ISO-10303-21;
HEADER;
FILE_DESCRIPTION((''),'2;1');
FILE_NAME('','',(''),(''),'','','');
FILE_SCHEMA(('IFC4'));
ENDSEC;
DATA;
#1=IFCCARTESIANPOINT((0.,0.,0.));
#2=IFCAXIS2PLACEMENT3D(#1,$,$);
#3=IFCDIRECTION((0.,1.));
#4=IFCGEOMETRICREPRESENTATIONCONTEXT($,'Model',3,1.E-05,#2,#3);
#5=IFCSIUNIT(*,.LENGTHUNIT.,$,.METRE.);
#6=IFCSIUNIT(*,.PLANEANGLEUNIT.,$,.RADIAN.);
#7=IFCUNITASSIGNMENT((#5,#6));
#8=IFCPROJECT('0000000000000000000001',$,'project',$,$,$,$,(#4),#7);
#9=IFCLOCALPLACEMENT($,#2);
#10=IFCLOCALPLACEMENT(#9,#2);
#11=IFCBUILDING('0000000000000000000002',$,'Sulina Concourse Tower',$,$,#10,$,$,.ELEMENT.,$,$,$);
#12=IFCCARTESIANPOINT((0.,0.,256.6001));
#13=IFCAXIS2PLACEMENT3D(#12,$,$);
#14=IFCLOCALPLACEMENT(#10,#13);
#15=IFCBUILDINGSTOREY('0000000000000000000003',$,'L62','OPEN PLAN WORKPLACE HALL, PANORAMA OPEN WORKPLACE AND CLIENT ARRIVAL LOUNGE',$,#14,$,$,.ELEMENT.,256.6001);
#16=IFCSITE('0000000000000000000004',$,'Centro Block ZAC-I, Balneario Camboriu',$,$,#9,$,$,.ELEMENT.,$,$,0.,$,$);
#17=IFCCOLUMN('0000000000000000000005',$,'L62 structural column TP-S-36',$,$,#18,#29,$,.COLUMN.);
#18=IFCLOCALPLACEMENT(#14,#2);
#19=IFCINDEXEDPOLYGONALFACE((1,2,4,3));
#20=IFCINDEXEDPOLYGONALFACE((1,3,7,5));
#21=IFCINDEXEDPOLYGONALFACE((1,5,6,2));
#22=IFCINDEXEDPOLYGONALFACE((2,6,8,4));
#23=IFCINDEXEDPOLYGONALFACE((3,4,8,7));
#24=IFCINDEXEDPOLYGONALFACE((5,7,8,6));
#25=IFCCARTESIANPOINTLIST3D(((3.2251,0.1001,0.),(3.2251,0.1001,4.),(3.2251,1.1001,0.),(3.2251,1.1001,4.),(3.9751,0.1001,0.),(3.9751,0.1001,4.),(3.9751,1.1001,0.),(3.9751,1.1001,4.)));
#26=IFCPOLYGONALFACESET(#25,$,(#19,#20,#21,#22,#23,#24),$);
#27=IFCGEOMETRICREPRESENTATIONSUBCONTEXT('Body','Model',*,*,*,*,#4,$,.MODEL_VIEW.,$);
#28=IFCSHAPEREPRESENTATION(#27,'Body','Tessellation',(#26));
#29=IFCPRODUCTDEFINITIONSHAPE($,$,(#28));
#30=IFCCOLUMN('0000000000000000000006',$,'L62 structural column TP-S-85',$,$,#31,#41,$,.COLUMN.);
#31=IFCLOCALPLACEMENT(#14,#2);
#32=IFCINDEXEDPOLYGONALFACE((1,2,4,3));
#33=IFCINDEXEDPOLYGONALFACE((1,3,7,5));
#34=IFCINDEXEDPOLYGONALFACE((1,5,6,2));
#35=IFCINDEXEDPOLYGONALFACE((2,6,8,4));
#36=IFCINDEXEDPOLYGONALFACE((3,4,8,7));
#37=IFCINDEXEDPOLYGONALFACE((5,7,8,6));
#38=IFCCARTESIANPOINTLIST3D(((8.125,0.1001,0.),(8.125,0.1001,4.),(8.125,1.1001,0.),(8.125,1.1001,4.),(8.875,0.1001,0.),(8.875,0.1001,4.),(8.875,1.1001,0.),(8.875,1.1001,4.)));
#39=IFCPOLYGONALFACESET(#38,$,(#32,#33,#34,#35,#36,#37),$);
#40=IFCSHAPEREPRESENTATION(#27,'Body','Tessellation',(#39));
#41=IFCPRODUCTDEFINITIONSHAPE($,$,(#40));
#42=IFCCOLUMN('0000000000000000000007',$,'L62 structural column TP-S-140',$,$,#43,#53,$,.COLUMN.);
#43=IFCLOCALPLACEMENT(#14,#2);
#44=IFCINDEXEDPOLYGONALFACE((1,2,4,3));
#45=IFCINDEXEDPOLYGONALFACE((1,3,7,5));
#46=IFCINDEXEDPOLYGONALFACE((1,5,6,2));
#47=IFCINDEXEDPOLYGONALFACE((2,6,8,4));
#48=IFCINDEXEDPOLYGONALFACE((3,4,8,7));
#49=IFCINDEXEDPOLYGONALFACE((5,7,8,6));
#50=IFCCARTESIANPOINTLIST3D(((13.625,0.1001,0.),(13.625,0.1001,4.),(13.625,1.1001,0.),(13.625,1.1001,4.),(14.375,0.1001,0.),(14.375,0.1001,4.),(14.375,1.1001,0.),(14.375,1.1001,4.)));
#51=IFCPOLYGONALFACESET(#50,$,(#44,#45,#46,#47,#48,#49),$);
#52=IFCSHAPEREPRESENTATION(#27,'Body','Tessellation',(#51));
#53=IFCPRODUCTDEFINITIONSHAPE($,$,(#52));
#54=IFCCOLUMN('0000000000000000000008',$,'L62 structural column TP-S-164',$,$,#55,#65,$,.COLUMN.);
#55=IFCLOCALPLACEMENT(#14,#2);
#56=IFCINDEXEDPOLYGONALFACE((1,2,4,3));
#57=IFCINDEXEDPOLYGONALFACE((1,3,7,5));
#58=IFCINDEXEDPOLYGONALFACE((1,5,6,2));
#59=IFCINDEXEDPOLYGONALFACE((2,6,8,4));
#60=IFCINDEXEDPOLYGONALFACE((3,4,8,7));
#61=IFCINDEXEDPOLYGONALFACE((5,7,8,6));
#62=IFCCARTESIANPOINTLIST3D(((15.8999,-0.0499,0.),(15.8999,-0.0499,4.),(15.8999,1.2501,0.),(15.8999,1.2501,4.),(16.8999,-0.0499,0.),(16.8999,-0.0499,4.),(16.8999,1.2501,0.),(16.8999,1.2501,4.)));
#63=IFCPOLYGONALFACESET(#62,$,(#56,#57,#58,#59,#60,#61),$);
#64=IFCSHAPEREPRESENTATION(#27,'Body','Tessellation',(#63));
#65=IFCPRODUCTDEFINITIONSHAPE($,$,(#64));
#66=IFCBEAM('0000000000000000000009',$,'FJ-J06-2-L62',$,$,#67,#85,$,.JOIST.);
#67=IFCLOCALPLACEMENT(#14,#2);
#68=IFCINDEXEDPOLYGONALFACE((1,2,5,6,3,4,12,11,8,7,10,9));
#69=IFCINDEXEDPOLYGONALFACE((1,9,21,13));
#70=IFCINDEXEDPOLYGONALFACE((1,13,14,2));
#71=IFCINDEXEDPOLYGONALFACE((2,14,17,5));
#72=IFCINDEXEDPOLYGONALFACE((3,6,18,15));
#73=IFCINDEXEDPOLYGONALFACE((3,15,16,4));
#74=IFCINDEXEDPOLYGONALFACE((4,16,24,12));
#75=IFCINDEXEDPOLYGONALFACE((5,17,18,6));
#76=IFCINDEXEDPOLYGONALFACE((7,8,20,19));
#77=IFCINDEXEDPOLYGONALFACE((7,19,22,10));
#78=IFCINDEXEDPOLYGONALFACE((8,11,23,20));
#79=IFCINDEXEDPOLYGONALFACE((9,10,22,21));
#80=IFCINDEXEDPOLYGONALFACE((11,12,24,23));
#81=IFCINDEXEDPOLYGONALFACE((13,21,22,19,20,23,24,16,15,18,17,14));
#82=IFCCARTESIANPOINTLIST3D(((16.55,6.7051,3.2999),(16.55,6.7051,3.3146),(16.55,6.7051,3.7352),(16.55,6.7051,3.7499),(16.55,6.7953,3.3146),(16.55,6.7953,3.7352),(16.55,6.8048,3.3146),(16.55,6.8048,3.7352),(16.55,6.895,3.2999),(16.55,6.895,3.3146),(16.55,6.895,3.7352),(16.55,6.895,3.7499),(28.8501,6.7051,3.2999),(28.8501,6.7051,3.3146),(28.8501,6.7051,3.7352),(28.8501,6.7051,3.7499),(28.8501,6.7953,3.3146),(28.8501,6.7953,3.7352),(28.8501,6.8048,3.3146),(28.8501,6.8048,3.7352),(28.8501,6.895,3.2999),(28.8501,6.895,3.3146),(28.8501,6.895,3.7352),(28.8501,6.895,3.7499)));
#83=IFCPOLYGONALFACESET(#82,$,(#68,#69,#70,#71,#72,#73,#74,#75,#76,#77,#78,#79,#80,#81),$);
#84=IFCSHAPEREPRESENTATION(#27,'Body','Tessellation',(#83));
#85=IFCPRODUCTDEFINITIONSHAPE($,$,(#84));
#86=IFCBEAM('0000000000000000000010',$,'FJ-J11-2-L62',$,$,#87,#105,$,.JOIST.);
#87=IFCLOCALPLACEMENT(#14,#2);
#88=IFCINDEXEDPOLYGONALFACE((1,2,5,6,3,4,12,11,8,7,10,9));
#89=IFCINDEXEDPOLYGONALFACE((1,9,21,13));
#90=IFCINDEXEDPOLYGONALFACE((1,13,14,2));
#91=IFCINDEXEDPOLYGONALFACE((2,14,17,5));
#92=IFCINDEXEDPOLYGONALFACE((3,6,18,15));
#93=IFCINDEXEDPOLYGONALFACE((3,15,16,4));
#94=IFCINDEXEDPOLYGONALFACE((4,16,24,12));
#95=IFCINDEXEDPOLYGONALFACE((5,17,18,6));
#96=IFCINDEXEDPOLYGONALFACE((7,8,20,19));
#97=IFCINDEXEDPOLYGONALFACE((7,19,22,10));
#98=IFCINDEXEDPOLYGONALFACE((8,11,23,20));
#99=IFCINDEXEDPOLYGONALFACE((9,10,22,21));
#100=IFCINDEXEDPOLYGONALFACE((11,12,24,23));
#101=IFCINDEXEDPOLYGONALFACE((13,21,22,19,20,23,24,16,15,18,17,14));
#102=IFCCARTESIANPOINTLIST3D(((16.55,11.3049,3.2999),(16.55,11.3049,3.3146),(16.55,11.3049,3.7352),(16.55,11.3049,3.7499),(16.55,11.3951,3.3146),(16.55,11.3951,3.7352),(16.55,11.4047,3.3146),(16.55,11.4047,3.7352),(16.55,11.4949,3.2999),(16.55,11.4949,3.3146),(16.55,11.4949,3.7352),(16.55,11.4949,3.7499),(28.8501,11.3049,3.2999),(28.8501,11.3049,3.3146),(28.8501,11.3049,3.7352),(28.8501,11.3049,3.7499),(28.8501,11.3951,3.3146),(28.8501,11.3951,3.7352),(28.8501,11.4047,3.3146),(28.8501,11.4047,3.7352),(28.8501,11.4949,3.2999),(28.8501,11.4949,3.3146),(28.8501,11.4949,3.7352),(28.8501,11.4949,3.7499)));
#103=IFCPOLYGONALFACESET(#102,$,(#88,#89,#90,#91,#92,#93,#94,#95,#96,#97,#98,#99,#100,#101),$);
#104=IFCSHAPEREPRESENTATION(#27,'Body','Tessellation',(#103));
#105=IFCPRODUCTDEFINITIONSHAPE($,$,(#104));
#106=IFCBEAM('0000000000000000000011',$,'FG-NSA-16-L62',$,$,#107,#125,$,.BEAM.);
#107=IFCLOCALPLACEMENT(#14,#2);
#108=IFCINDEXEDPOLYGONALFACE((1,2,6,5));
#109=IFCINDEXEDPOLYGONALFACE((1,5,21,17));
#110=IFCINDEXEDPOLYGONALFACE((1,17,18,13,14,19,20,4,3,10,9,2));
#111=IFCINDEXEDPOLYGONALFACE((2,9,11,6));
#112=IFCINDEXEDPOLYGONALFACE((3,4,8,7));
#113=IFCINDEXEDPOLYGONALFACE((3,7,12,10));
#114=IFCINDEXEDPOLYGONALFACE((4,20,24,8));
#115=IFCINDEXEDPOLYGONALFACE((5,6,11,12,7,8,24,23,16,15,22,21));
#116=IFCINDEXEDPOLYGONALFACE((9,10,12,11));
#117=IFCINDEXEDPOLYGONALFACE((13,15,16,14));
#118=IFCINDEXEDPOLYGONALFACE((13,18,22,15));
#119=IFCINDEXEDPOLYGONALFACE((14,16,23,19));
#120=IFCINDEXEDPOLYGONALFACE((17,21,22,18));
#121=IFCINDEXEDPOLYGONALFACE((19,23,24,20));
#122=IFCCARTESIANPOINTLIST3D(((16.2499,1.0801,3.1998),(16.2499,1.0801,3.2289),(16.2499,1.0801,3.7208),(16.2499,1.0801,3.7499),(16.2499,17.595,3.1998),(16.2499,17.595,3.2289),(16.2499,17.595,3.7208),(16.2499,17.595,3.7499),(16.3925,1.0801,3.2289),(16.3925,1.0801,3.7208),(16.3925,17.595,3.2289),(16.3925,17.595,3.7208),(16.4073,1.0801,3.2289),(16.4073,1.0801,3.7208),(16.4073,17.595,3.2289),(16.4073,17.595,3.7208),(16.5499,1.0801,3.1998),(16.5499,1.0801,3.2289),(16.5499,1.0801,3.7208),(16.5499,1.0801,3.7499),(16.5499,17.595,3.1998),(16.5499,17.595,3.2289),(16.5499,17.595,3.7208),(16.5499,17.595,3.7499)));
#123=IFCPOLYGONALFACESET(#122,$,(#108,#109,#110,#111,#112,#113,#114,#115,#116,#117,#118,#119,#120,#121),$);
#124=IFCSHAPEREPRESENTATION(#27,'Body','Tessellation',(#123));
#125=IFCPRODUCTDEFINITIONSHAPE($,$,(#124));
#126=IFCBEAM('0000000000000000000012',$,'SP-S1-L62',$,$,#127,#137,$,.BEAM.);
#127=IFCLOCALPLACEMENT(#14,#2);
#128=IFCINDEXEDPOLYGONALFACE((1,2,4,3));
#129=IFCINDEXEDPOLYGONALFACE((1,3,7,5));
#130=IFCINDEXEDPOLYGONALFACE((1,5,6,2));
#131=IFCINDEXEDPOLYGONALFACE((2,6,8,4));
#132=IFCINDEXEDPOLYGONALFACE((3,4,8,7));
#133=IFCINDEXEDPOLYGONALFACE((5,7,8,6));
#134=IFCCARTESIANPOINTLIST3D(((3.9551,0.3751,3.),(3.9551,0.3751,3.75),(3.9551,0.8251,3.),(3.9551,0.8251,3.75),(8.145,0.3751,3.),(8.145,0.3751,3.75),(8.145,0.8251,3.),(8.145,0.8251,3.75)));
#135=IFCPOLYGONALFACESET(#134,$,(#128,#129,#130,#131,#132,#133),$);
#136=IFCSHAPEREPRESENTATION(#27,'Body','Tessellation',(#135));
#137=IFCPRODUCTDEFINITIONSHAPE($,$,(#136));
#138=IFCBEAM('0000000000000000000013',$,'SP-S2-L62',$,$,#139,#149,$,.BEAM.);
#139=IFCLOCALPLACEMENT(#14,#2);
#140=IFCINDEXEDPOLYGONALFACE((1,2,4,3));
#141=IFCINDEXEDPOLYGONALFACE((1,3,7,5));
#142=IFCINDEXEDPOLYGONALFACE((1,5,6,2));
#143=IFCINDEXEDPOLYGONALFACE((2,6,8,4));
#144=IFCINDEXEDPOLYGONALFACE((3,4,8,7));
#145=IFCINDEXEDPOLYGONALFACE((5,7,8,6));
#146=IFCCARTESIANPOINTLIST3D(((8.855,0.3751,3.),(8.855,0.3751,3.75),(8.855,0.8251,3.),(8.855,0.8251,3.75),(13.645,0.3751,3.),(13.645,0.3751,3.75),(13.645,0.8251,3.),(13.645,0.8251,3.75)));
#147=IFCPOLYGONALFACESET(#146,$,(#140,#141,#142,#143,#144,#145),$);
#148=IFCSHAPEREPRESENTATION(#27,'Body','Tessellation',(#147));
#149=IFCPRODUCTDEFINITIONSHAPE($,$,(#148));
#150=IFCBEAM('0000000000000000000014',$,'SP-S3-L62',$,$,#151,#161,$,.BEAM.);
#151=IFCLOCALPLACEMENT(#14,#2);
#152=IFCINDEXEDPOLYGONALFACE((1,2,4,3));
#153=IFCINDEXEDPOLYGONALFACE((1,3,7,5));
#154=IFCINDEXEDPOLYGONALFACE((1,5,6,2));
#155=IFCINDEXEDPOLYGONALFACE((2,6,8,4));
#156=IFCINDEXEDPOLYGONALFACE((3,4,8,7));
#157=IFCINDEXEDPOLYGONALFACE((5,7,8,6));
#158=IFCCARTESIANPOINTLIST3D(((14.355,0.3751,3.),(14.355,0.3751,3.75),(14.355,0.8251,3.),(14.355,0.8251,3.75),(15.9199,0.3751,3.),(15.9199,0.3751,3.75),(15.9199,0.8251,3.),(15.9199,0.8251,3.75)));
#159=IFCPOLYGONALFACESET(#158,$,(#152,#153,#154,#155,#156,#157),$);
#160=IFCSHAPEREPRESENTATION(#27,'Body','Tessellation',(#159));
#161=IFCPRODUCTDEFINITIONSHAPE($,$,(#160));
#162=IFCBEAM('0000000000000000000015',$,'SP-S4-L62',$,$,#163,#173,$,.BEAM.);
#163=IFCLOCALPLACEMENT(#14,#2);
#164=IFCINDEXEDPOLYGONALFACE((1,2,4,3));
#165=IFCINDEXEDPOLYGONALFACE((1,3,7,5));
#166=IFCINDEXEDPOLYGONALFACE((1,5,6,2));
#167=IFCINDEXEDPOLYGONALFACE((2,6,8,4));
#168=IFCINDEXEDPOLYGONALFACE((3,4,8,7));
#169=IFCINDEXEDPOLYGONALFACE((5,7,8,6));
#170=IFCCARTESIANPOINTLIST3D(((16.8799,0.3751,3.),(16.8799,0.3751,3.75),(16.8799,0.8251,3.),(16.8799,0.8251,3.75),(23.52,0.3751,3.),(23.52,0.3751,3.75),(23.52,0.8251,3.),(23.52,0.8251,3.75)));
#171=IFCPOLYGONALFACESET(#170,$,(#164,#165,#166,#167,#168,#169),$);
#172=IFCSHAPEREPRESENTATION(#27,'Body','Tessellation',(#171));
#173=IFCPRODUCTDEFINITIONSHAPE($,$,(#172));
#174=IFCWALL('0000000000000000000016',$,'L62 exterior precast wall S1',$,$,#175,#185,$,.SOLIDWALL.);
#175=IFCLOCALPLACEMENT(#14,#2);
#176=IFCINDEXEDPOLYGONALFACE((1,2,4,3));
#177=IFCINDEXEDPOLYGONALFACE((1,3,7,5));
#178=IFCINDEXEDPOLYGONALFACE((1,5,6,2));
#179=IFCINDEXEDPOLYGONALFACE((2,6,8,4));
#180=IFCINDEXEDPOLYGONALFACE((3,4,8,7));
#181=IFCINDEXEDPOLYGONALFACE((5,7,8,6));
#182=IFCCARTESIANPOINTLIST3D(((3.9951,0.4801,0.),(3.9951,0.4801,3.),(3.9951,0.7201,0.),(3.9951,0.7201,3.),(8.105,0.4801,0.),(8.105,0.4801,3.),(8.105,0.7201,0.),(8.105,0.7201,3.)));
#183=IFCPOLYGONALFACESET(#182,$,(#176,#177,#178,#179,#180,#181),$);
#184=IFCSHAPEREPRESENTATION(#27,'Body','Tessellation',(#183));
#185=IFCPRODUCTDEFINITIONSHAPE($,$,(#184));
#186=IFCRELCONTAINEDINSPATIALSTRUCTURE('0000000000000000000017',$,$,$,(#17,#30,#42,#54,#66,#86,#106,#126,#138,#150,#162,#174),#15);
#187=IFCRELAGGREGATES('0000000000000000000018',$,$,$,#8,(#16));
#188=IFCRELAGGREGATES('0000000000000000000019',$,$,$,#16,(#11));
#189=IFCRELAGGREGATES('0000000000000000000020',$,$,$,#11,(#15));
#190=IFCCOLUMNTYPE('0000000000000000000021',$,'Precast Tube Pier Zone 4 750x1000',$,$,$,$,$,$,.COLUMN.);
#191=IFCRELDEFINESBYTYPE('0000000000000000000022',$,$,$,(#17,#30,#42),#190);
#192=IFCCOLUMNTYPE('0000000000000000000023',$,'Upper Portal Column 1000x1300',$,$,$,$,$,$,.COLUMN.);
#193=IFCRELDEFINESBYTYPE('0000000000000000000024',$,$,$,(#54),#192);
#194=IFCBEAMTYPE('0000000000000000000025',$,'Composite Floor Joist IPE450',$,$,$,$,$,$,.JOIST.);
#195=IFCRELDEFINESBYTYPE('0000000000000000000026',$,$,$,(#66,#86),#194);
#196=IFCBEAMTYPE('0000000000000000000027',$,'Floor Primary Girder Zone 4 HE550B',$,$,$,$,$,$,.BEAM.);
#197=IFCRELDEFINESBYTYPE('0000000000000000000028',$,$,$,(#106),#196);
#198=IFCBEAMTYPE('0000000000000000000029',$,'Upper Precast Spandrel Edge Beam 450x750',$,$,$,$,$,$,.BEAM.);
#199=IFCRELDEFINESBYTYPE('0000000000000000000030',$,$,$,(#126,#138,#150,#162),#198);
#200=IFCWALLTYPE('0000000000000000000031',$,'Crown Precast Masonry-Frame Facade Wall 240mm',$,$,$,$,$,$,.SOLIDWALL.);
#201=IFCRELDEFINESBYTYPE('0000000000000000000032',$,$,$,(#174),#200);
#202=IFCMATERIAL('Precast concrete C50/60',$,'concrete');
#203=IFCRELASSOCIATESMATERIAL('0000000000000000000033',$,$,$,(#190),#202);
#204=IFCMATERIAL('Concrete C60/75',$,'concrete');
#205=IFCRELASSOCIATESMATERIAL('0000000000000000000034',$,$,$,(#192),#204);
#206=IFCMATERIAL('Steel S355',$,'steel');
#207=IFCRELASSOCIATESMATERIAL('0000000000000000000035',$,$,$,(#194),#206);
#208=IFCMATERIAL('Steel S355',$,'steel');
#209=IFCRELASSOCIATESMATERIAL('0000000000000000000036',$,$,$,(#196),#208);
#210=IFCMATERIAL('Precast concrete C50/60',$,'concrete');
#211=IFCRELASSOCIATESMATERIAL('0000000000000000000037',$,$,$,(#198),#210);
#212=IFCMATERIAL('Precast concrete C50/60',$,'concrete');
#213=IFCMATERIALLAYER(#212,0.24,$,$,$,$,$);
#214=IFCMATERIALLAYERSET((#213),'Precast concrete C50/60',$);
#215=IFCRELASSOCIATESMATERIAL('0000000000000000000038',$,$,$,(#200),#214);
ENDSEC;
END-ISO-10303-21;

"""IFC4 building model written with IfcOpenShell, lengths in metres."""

from ifc_helpers import new_model, si_unit, direction, frame, frame_2d, origin, origin_2d, place, context, subcontext, project, spatial, rectangle, i_section, extrude, material, layer, layer_set, material_profile, profile_set, type_object, element, save


model = new_model("IFC4")

# Units and contexts
model_context = context("Model", 3, precision=1e-05, world=origin(), true_north=direction((0.0, 1.0)))
body_context = subcontext(model_context, "Body", "Model", "MODEL_VIEW")
ifc_project = project(units=[si_unit("LENGTHUNIT", "METRE"), si_unit("PLANEANGLEUNIT", "RADIAN")], contexts=[model_context])

# Site, building, storey
site_placement = place(None, origin())
site = spatial("IfcSite", under=ifc_project, at=site_placement, Name="Centro Block ZAC-I, Balneario Camboriu", CompositionType="ELEMENT", RefElevation=0.0)
building_placement = place(site_placement, origin())
building = spatial("IfcBuilding", under=site, at=building_placement, Name="Sulina Concourse Tower", CompositionType="ELEMENT")
storey_placement = place(building_placement, frame((0.0, 0.0, 256.6001)))
storey = spatial("IfcBuildingStorey", under=building, at=storey_placement, Name="L62", Description="OPEN PLAN WORKPLACE HALL, PANORAMA OPEN WORKPLACE AND CLIENT ARRIVAL LOUNGE", CompositionType="ELEMENT", Elevation=256.6001)

# Columns
ifc_material_1 = material(Name="Precast concrete C50/60", Category="concrete")
ifc_material_profile_1 = material_profile(ifc_material_1, rectangle(XDim=0.75, YDim=1.0, at=origin_2d()), Name="PC 750x1000")
ifc_profile_set_1 = profile_set([ifc_material_profile_1], Name="Precast concrete C50/60")
column_type_1 = type_object("IfcColumnType", Name="Precast Tube Pier Zone 4 750x1000", PredefinedType="COLUMN", material=ifc_profile_set_1)
for number, where, z_axis, x_axis, name in (
    (1, (3.6001, 0.6001, 0.0), (0.0, 0.0, 1.0), (1.0, 0.0, 0.0), "L62 structural column TP-S-36"),
    (2, (8.5, 0.6001, 0.0), (0.0, 0.0, 1.0), (1.0, 0.0, 0.0), "L62 structural column TP-S-85"),
    (3, (14.0, 0.6001, 0.0), (0.0, 0.0, 1.0), (1.0, 0.0, 0.0), "L62 structural column TP-S-140"),
):
    element("IfcColumn", number, at=place(storey_placement, frame(where, z_axis=z_axis, x_axis=x_axis)), inside=storey, type_object=column_type_1, Name=name, PredefinedType="COLUMN", context=body_context, shape_type="SweptSolid", body=[
        extrude(rectangle(XDim=0.75, YDim=1.0, at=origin_2d()), origin(), (0.0, 0.0, 1.0), 4.0),
    ])
ifc_material_2 = material(Name="Concrete C60/75", Category="concrete")
ifc_material_profile_2 = material_profile(ifc_material_2, rectangle(XDim=1.0, YDim=1.3, at=origin_2d()), Name="RC 1000x1300")
ifc_profile_set_2 = profile_set([ifc_material_profile_2], Name="Concrete C60/75")
column_type_2 = type_object("IfcColumnType", Name="Upper Portal Column 1000x1300", PredefinedType="COLUMN", material=ifc_profile_set_2)
column_placement = place(storey_placement, frame((16.3999, 0.6001, 0.0), z_axis=(0.0, 0.0, 1.0), x_axis=(1.0, 0.0, 0.0)))
element("IfcColumn", 4, at=column_placement, inside=storey, type_object=column_type_2, Name="L62 structural column TP-S-164", PredefinedType="COLUMN", context=body_context, shape_type="SweptSolid", body=[
    extrude(rectangle(XDim=1.0, YDim=1.3, at=origin_2d()), origin(), (0.0, 0.0, 1.0), 4.0),
])

# Beams
ifc_material_3 = material(Name="Steel S355", Category="steel")
ifc_material_profile_3 = material_profile(ifc_material_3, i_section(OverallWidth=0.1899, OverallDepth=0.45, WebThickness=0.0095, FlangeThickness=0.0146, at=origin_2d()), Name="IPE 450")
ifc_profile_set_3 = profile_set([ifc_material_profile_3], Name="Steel S355")
beam_type_1 = type_object("IfcBeamType", Name="Composite Floor Joist IPE450", PredefinedType="JOIST", material=ifc_profile_set_3)
for number, where, z_axis, x_axis, name in (
    (5, (16.55, 6.8, 3.5249), (1.0, 0.0, 0.0), (0.0, 1.0, 0.0), "FJ-J06-2-L62"),
    (6, (16.55, 11.3999, 3.5249), (1.0, 0.0, 0.0), (0.0, 1.0, 0.0), "FJ-J11-2-L62"),
):
    element("IfcBeam", number, at=place(storey_placement, frame(where, z_axis=z_axis, x_axis=x_axis)), inside=storey, type_object=beam_type_1, Name=name, PredefinedType="JOIST", context=body_context, shape_type="SweptSolid", body=[
        extrude(i_section(OverallWidth=0.1899, OverallDepth=0.45, WebThickness=0.0095, FlangeThickness=0.0146, at=origin_2d()), origin(), (0.0, 0.0, 1.0), 12.3),
    ])
ifc_material_4 = material(Name="Steel S355", Category="steel")
ifc_material_profile_4 = material_profile(ifc_material_4, i_section(OverallWidth=0.3, OverallDepth=0.55, WebThickness=0.0149, FlangeThickness=0.0291, at=origin_2d()), Name="HE 550 B")
ifc_profile_set_4 = profile_set([ifc_material_profile_4], Name="Steel S355")
beam_type_2 = type_object("IfcBeamType", Name="Floor Primary Girder Zone 4 HE550B", PredefinedType="BEAM", material=ifc_profile_set_4)
beam_1_placement = place(storey_placement, frame((16.3999, 1.0801, 3.4749), z_axis=(0.0, 1.0, 0.0), x_axis=(-1.0, 0.0, 0.0)))
element("IfcBeam", 7, at=beam_1_placement, inside=storey, type_object=beam_type_2, Name="FG-NSA-16-L62", PredefinedType="BEAM", context=body_context, shape_type="SweptSolid", body=[
    extrude(i_section(OverallWidth=0.3, OverallDepth=0.55, WebThickness=0.0149, FlangeThickness=0.0291, at=origin_2d()), origin(), (0.0, 0.0, 1.0), 16.5149),
])
ifc_material_5 = material(Name="Precast concrete C50/60", Category="concrete")
ifc_material_profile_5 = material_profile(ifc_material_5, rectangle(XDim=0.45, YDim=0.75, at=origin_2d()), Name="RC 450x750")
ifc_profile_set_5 = profile_set([ifc_material_profile_5], Name="Precast concrete C50/60")
beam_type_3 = type_object("IfcBeamType", Name="Upper Precast Spandrel Edge Beam 450x750", PredefinedType="BEAM", material=ifc_profile_set_5)
beam_2_placement = place(storey_placement, frame((3.9551, 0.6001, 3.375), z_axis=(1.0, 0.0, 0.0), x_axis=(0.0, 1.0, 0.0)))
element("IfcBeam", 8, at=beam_2_placement, inside=storey, type_object=beam_type_3, Name="SP-S1-L62", PredefinedType="BEAM", context=body_context, shape_type="SweptSolid", body=[
    extrude(rectangle(XDim=0.45, YDim=0.75, at=origin_2d()), origin(), (0.0, 0.0, 1.0), 4.1899),
])
beam_3_placement = place(storey_placement, frame((8.855, 0.6001, 3.375), z_axis=(1.0, 0.0, 0.0), x_axis=(0.0, 1.0, 0.0)))
element("IfcBeam", 9, at=beam_3_placement, inside=storey, type_object=beam_type_3, Name="SP-S2-L62", PredefinedType="BEAM", context=body_context, shape_type="SweptSolid", body=[
    extrude(rectangle(XDim=0.45, YDim=0.75, at=origin_2d()), origin(), (0.0, 0.0, 1.0), 4.79),
])
beam_4_placement = place(storey_placement, frame((14.355, 0.6001, 3.375), z_axis=(1.0, 0.0, 0.0), x_axis=(0.0, 1.0, 0.0)))
element("IfcBeam", 10, at=beam_4_placement, inside=storey, type_object=beam_type_3, Name="SP-S3-L62", PredefinedType="BEAM", context=body_context, shape_type="SweptSolid", body=[
    extrude(rectangle(XDim=0.45, YDim=0.75, at=origin_2d()), origin(), (0.0, 0.0, 1.0), 1.5649),
])
beam_5_placement = place(storey_placement, frame((16.8799, 0.6001, 3.375), z_axis=(1.0, 0.0, 0.0), x_axis=(0.0, 1.0, 0.0)))
element("IfcBeam", 11, at=beam_5_placement, inside=storey, type_object=beam_type_3, Name="SP-S4-L62", PredefinedType="BEAM", context=body_context, shape_type="SweptSolid", body=[
    extrude(rectangle(XDim=0.45, YDim=0.75, at=origin_2d()), origin(), (0.0, 0.0, 1.0), 6.6401),
])

# Wall
ifc_material_6 = material(Name="Precast concrete C50/60", Category="concrete")
ifc_layer_1 = layer(ifc_material_6, 0.24)
ifc_layer_set_1 = layer_set([ifc_layer_1], Name="Precast concrete C50/60")
wall_type_1 = type_object("IfcWallType", Name="Crown Precast Masonry-Frame Facade Wall 240mm", PredefinedType="SOLIDWALL", material=ifc_layer_set_1)
wall_1_placement = place(storey_placement, frame((8.105, 0.6001, 0.0), z_axis=(0.0, 0.0, 1.0), x_axis=(-1.0, 0.0, 0.0)))
element("IfcWall", 12, at=wall_1_placement, inside=storey, type_object=wall_type_1, Name="L62 exterior precast wall S1", PredefinedType="SOLIDWALL", context=body_context, shape_type="SweptSolid", body=[
    extrude(rectangle(XDim=4.1099, YDim=0.24, at=frame_2d((2.0549, 0.0))), origin(), (0.0, 0.0, 1.0), 3.0),
])

save(model, "model.ifc")
